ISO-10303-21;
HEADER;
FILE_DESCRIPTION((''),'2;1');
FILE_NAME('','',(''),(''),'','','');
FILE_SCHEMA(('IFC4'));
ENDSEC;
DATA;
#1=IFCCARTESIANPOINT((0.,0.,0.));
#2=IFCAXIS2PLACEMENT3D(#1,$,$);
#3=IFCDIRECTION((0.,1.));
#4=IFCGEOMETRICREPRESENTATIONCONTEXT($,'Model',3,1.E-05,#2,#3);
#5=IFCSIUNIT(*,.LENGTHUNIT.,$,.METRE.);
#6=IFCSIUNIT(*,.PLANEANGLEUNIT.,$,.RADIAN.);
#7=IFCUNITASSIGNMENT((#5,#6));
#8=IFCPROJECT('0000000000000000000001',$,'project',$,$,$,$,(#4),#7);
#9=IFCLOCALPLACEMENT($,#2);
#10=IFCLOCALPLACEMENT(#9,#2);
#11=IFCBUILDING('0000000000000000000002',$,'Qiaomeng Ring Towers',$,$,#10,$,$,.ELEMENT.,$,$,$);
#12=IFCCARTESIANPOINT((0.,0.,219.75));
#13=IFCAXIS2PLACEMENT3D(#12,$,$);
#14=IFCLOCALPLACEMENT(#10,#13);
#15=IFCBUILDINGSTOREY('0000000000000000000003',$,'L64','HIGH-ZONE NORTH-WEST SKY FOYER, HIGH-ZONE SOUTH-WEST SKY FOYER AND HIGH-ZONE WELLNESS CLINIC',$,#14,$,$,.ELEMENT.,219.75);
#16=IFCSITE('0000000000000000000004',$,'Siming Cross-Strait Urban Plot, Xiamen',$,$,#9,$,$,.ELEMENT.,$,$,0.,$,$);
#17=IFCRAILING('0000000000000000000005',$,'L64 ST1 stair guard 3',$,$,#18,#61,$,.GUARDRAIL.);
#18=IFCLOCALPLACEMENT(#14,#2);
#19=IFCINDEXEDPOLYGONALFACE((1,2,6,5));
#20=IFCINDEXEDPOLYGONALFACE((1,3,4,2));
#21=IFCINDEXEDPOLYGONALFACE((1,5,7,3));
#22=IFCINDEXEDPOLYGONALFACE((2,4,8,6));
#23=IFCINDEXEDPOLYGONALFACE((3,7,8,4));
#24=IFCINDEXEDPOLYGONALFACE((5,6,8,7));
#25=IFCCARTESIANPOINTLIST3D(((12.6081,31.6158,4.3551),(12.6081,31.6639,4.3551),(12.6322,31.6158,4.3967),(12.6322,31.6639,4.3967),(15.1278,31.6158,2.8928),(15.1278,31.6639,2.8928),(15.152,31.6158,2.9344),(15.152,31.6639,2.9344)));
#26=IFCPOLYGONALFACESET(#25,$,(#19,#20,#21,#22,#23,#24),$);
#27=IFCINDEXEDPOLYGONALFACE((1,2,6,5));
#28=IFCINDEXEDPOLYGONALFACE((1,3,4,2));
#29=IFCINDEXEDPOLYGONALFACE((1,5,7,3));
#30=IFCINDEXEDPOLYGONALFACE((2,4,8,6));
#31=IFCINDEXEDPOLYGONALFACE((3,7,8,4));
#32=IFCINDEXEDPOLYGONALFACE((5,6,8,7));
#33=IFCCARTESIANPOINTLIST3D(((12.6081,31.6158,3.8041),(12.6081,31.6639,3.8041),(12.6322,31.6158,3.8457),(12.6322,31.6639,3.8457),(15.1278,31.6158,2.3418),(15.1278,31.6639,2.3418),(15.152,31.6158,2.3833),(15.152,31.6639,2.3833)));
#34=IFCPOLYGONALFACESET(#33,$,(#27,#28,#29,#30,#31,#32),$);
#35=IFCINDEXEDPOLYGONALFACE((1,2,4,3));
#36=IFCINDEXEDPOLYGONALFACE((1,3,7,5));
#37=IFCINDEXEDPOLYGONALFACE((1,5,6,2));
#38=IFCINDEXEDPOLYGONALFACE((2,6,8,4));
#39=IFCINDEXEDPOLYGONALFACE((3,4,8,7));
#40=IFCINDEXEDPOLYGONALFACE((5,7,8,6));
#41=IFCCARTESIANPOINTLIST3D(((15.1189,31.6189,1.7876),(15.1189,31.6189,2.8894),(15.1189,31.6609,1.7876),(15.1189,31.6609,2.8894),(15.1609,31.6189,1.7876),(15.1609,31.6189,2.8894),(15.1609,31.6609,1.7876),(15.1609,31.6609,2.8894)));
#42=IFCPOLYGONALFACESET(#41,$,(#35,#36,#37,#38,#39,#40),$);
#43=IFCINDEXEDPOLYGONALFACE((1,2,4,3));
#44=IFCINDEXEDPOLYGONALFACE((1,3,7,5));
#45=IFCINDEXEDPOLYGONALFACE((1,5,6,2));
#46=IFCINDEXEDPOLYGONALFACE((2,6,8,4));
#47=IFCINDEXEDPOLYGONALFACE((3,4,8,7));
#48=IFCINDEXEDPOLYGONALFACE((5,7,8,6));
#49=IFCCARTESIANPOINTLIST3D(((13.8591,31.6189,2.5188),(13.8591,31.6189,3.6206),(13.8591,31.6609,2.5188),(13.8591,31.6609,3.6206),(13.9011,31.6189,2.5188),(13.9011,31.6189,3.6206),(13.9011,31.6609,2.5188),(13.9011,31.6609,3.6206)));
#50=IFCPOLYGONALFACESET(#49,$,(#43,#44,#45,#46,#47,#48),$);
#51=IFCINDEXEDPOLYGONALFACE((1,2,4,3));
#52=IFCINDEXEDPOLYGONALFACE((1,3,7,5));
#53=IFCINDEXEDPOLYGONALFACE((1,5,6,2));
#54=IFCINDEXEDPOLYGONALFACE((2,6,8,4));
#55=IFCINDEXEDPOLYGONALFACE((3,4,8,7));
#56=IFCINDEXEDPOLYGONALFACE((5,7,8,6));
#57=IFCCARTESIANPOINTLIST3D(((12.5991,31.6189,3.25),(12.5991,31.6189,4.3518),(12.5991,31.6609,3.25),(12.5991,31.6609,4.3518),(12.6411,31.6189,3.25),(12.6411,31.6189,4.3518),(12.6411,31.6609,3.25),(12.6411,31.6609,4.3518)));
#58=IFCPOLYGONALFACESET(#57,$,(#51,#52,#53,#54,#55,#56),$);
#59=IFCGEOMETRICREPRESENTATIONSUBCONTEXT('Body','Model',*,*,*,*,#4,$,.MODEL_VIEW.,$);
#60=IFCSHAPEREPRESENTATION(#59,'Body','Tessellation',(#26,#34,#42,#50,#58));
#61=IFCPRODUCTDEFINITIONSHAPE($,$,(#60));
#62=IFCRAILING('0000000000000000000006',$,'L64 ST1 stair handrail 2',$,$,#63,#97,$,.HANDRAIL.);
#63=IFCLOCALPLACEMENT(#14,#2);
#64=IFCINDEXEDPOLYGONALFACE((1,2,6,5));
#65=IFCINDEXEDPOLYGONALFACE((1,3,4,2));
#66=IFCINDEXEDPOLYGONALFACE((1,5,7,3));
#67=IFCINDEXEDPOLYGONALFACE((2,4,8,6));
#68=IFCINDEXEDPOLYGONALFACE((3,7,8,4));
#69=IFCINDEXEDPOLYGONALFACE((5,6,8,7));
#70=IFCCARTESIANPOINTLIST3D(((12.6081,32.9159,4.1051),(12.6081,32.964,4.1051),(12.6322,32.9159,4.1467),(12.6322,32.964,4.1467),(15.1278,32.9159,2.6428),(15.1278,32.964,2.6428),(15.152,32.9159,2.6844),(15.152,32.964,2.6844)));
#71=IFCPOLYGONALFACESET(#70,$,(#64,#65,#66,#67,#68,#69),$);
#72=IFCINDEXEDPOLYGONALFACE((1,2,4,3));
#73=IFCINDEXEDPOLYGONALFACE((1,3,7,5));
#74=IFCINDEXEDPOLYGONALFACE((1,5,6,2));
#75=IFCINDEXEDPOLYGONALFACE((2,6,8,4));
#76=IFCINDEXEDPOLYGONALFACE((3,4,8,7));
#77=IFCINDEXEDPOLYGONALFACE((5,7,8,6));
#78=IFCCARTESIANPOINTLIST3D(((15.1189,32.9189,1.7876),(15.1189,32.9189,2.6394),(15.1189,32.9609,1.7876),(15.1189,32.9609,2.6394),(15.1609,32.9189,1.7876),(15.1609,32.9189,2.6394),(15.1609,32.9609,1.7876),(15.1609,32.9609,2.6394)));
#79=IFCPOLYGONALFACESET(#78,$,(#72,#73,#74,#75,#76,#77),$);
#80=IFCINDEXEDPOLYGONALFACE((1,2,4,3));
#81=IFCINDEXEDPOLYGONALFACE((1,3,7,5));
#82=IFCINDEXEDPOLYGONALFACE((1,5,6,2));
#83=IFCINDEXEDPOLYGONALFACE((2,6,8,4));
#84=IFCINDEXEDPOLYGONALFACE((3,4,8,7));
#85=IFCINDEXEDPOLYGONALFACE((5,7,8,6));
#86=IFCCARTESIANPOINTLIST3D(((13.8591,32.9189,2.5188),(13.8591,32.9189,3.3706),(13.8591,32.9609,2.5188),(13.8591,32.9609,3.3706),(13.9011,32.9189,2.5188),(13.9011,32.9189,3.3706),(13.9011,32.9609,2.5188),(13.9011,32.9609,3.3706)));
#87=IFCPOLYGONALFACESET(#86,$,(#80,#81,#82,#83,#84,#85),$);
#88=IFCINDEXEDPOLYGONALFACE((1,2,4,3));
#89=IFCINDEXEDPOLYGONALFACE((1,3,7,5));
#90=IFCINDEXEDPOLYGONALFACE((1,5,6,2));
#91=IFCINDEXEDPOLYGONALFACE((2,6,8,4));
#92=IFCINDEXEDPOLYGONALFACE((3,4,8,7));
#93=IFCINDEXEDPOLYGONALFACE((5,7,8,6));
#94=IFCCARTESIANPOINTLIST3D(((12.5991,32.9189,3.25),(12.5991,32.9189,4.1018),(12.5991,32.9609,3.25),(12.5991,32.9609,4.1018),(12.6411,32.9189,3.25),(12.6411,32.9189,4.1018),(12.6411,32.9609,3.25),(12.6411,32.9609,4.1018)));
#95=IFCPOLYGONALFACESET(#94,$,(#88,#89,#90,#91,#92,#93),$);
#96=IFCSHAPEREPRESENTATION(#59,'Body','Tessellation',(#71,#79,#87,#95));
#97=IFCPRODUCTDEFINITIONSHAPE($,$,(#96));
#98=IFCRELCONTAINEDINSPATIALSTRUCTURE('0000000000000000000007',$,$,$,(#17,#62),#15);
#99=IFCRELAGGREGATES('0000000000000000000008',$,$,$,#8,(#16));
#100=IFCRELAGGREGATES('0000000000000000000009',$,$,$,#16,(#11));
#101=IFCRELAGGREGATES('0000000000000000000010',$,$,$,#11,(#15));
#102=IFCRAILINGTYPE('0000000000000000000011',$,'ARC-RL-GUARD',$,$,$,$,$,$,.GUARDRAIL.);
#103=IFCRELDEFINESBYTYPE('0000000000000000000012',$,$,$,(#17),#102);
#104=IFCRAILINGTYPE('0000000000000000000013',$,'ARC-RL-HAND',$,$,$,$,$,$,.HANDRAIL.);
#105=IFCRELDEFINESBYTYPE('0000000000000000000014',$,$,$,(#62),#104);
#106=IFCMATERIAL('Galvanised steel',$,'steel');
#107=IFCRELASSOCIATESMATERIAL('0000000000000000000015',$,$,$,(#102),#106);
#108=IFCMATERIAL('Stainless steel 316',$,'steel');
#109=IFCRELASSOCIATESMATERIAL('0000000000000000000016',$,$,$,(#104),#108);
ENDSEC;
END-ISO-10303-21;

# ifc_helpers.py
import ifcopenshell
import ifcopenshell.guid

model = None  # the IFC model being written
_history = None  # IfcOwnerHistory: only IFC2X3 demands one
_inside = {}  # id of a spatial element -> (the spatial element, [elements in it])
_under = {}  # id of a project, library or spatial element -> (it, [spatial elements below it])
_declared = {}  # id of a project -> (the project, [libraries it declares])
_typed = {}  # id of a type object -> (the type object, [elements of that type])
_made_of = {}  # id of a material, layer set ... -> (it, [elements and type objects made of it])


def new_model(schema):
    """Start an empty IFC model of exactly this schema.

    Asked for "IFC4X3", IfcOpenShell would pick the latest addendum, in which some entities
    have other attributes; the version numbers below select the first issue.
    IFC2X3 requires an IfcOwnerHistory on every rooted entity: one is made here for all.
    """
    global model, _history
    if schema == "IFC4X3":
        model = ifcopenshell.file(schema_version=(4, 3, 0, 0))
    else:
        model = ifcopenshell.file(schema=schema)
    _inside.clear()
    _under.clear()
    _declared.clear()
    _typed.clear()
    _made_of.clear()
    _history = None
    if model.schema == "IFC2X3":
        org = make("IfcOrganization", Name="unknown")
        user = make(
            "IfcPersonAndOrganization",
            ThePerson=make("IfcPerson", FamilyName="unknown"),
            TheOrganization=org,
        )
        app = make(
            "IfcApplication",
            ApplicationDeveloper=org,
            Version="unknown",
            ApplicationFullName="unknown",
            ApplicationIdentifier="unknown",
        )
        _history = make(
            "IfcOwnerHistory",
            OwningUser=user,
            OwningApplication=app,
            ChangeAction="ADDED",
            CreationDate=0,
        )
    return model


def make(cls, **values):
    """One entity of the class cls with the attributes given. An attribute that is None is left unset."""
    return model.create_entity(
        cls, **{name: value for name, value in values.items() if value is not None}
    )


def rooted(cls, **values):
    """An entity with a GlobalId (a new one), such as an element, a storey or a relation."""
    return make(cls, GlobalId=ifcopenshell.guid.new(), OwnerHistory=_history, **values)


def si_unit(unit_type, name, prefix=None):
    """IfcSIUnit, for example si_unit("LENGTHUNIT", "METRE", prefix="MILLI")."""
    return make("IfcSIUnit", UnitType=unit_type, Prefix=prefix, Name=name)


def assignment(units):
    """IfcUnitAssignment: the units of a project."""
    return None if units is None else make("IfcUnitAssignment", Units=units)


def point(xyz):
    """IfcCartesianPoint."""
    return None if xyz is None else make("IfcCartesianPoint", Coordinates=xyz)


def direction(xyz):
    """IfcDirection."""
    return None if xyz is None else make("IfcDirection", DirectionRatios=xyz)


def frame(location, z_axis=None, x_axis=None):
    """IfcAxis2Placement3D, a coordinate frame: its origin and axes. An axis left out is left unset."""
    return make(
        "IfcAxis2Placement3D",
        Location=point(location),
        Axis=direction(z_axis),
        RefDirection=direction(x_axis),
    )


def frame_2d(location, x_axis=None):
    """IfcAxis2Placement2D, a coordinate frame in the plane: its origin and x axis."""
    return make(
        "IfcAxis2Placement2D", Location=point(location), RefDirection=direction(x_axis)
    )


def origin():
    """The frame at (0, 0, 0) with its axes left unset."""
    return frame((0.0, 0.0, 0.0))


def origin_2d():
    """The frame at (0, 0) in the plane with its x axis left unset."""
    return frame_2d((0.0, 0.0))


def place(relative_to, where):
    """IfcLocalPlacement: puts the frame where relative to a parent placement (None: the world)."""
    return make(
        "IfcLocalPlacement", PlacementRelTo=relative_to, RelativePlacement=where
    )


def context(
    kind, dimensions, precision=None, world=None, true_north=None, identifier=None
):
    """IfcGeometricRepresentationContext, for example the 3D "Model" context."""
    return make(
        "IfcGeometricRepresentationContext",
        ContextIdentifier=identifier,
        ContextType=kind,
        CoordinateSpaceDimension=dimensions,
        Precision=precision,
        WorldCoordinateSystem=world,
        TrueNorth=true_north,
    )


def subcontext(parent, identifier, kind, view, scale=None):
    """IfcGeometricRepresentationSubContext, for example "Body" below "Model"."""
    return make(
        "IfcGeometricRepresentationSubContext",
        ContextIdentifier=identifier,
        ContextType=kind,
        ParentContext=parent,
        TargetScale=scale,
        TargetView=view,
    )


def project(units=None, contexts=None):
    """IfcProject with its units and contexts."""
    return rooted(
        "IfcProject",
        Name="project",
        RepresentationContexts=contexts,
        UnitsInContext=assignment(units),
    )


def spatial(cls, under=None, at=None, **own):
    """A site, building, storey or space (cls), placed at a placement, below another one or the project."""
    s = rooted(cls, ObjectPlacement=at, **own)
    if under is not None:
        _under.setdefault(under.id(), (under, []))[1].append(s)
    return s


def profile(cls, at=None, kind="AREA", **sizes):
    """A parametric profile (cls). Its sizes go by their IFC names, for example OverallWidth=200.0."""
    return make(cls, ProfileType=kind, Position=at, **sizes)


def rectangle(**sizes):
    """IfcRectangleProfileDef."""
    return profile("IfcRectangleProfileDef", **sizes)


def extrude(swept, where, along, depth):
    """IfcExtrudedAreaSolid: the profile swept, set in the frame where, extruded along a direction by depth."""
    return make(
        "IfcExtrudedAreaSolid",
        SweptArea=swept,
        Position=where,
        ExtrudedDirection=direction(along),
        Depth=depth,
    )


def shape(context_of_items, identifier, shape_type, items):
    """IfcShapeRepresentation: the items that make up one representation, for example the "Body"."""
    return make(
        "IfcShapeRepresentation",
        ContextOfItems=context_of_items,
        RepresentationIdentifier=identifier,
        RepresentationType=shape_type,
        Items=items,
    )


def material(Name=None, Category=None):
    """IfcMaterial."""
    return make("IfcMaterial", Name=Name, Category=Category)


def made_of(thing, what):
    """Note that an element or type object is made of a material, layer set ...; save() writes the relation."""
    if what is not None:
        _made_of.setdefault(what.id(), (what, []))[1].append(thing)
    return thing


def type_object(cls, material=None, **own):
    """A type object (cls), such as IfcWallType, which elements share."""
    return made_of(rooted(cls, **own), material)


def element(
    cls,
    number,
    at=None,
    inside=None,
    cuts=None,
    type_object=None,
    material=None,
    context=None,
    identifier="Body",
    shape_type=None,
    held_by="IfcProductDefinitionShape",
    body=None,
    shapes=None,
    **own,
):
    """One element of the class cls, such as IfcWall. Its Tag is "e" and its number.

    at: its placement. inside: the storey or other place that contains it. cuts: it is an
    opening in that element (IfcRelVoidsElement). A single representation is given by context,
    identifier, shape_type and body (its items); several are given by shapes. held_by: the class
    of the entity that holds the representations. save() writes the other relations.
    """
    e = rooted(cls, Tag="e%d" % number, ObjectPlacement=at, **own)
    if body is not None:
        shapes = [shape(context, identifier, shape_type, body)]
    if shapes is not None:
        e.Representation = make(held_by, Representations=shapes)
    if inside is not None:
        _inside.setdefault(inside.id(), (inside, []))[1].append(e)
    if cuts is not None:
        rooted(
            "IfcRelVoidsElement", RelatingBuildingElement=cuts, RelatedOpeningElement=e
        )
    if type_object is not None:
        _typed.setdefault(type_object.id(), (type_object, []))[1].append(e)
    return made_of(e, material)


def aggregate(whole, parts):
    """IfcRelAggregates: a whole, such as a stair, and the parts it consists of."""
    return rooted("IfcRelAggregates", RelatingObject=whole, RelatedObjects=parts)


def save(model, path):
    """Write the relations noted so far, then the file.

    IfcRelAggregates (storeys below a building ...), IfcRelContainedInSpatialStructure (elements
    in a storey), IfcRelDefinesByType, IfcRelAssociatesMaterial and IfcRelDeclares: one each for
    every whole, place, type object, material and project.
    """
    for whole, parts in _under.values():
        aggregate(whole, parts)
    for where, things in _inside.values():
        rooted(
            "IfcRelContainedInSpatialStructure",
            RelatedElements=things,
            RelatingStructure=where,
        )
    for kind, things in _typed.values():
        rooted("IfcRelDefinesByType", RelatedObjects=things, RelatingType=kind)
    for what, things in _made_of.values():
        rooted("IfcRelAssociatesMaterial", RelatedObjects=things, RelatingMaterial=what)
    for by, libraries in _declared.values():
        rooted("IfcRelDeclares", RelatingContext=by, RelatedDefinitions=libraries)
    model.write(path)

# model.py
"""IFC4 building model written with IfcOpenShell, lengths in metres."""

from ifc_helpers import new_model, si_unit, direction, frame, origin, origin_2d, place, context, subcontext, project, spatial, rectangle, extrude, material, type_object, element, save


model = new_model("IFC4")

# Units and contexts
model_context = context("Model", 3, precision=1e-05, world=origin(), true_north=direction((0.0, 1.0)))
body_context = subcontext(model_context, "Body", "Model", "MODEL_VIEW")
ifc_project = project(units=[si_unit("LENGTHUNIT", "METRE"), si_unit("PLANEANGLEUNIT", "RADIAN")], contexts=[model_context])

# Site, building, storey
site_placement = place(None, origin())
site = spatial("IfcSite", under=ifc_project, at=site_placement, Name="Siming Cross-Strait Urban Plot, Xiamen", CompositionType="ELEMENT", RefElevation=0.0)
building_placement = place(site_placement, origin())
building = spatial("IfcBuilding", under=site, at=building_placement, Name="Qiaomeng Ring Towers", CompositionType="ELEMENT")
storey_placement = place(building_placement, frame((0.0, 0.0, 219.75)))
storey = spatial("IfcBuildingStorey", under=building, at=storey_placement, Name="L64", Description="HIGH-ZONE NORTH-WEST SKY FOYER, HIGH-ZONE SOUTH-WEST SKY FOYER AND HIGH-ZONE WELLNESS CLINIC", CompositionType="ELEMENT", Elevation=219.75)

# Shared definitions
ifc_material_1 = material(Name="Galvanised steel", Category="steel")

# Railings
railing_type_1 = type_object("IfcRailingType", Name="ARC-RL-GUARD", PredefinedType="GUARDRAIL", material=ifc_material_1)
railing_1_placement = place(storey_placement, frame((15.1399, 31.6399, 1.7876)))
element("IfcRailing", 1, at=railing_1_placement, inside=storey, type_object=railing_type_1, Name="L64 ST1 stair guard 3", PredefinedType="GUARDRAIL", context=body_context, shape_type="SweptSolid", body=[
    extrude(rectangle(XDim=0.0481, YDim=0.0481, at=origin_2d()), frame((0.0, 0.0, 1.126), z_axis=(-0.864892, 0.0, 0.501958), x_axis=(0.0, -1.0, 0.0)), (0.0, 0.0, 1.0), 2.9133),
    extrude(rectangle(XDim=0.0481, YDim=0.0481, at=origin_2d()), frame((0.0, 0.0, 0.575), z_axis=(-0.864892, 0.0, 0.501958), x_axis=(0.0, -1.0, 0.0)), (0.0, 0.0, 1.0), 2.9133),
    extrude(rectangle(XDim=0.042, YDim=0.042, at=origin_2d()), origin(), (0.0, 0.0, 1.0), 1.1018),
    extrude(rectangle(XDim=0.042, YDim=0.042, at=origin_2d()), frame((-1.2598, 0.0, 0.7312)), (0.0, 0.0, 1.0), 1.1018),
    extrude(rectangle(XDim=0.042, YDim=0.042, at=origin_2d()), frame((-2.5198, 0.0, 1.4624)), (0.0, 0.0, 1.0), 1.1018),
])
ifc_material_2 = material(Name="Stainless steel 316", Category="steel")
railing_type_2 = type_object("IfcRailingType", Name="ARC-RL-HAND", PredefinedType="HANDRAIL", material=ifc_material_2)
railing_2_placement = place(storey_placement, frame((15.1399, 32.9399, 1.7876)))
element("IfcRailing", 2, at=railing_2_placement, inside=storey, type_object=railing_type_2, Name="L64 ST1 stair handrail 2", PredefinedType="HANDRAIL", context=body_context, shape_type="SweptSolid", body=[
    extrude(rectangle(XDim=0.0481, YDim=0.0481, at=origin_2d()), frame((0.0, 0.0, 0.876), z_axis=(-0.864892, 0.0, 0.501958), x_axis=(0.0, -1.0, 0.0)), (0.0, 0.0, 1.0), 2.9133),
    extrude(rectangle(XDim=0.042, YDim=0.042, at=origin_2d()), origin(), (0.0, 0.0, 1.0), 0.8518),
    extrude(rectangle(XDim=0.042, YDim=0.042, at=origin_2d()), frame((-1.2598, 0.0, 0.7312)), (0.0, 0.0, 1.0), 0.8518),
    extrude(rectangle(XDim=0.042, YDim=0.042, at=origin_2d()), frame((-2.5198, 0.0, 1.4624)), (0.0, 0.0, 1.0), 0.8518),
])

save(model, "model.ifc")
